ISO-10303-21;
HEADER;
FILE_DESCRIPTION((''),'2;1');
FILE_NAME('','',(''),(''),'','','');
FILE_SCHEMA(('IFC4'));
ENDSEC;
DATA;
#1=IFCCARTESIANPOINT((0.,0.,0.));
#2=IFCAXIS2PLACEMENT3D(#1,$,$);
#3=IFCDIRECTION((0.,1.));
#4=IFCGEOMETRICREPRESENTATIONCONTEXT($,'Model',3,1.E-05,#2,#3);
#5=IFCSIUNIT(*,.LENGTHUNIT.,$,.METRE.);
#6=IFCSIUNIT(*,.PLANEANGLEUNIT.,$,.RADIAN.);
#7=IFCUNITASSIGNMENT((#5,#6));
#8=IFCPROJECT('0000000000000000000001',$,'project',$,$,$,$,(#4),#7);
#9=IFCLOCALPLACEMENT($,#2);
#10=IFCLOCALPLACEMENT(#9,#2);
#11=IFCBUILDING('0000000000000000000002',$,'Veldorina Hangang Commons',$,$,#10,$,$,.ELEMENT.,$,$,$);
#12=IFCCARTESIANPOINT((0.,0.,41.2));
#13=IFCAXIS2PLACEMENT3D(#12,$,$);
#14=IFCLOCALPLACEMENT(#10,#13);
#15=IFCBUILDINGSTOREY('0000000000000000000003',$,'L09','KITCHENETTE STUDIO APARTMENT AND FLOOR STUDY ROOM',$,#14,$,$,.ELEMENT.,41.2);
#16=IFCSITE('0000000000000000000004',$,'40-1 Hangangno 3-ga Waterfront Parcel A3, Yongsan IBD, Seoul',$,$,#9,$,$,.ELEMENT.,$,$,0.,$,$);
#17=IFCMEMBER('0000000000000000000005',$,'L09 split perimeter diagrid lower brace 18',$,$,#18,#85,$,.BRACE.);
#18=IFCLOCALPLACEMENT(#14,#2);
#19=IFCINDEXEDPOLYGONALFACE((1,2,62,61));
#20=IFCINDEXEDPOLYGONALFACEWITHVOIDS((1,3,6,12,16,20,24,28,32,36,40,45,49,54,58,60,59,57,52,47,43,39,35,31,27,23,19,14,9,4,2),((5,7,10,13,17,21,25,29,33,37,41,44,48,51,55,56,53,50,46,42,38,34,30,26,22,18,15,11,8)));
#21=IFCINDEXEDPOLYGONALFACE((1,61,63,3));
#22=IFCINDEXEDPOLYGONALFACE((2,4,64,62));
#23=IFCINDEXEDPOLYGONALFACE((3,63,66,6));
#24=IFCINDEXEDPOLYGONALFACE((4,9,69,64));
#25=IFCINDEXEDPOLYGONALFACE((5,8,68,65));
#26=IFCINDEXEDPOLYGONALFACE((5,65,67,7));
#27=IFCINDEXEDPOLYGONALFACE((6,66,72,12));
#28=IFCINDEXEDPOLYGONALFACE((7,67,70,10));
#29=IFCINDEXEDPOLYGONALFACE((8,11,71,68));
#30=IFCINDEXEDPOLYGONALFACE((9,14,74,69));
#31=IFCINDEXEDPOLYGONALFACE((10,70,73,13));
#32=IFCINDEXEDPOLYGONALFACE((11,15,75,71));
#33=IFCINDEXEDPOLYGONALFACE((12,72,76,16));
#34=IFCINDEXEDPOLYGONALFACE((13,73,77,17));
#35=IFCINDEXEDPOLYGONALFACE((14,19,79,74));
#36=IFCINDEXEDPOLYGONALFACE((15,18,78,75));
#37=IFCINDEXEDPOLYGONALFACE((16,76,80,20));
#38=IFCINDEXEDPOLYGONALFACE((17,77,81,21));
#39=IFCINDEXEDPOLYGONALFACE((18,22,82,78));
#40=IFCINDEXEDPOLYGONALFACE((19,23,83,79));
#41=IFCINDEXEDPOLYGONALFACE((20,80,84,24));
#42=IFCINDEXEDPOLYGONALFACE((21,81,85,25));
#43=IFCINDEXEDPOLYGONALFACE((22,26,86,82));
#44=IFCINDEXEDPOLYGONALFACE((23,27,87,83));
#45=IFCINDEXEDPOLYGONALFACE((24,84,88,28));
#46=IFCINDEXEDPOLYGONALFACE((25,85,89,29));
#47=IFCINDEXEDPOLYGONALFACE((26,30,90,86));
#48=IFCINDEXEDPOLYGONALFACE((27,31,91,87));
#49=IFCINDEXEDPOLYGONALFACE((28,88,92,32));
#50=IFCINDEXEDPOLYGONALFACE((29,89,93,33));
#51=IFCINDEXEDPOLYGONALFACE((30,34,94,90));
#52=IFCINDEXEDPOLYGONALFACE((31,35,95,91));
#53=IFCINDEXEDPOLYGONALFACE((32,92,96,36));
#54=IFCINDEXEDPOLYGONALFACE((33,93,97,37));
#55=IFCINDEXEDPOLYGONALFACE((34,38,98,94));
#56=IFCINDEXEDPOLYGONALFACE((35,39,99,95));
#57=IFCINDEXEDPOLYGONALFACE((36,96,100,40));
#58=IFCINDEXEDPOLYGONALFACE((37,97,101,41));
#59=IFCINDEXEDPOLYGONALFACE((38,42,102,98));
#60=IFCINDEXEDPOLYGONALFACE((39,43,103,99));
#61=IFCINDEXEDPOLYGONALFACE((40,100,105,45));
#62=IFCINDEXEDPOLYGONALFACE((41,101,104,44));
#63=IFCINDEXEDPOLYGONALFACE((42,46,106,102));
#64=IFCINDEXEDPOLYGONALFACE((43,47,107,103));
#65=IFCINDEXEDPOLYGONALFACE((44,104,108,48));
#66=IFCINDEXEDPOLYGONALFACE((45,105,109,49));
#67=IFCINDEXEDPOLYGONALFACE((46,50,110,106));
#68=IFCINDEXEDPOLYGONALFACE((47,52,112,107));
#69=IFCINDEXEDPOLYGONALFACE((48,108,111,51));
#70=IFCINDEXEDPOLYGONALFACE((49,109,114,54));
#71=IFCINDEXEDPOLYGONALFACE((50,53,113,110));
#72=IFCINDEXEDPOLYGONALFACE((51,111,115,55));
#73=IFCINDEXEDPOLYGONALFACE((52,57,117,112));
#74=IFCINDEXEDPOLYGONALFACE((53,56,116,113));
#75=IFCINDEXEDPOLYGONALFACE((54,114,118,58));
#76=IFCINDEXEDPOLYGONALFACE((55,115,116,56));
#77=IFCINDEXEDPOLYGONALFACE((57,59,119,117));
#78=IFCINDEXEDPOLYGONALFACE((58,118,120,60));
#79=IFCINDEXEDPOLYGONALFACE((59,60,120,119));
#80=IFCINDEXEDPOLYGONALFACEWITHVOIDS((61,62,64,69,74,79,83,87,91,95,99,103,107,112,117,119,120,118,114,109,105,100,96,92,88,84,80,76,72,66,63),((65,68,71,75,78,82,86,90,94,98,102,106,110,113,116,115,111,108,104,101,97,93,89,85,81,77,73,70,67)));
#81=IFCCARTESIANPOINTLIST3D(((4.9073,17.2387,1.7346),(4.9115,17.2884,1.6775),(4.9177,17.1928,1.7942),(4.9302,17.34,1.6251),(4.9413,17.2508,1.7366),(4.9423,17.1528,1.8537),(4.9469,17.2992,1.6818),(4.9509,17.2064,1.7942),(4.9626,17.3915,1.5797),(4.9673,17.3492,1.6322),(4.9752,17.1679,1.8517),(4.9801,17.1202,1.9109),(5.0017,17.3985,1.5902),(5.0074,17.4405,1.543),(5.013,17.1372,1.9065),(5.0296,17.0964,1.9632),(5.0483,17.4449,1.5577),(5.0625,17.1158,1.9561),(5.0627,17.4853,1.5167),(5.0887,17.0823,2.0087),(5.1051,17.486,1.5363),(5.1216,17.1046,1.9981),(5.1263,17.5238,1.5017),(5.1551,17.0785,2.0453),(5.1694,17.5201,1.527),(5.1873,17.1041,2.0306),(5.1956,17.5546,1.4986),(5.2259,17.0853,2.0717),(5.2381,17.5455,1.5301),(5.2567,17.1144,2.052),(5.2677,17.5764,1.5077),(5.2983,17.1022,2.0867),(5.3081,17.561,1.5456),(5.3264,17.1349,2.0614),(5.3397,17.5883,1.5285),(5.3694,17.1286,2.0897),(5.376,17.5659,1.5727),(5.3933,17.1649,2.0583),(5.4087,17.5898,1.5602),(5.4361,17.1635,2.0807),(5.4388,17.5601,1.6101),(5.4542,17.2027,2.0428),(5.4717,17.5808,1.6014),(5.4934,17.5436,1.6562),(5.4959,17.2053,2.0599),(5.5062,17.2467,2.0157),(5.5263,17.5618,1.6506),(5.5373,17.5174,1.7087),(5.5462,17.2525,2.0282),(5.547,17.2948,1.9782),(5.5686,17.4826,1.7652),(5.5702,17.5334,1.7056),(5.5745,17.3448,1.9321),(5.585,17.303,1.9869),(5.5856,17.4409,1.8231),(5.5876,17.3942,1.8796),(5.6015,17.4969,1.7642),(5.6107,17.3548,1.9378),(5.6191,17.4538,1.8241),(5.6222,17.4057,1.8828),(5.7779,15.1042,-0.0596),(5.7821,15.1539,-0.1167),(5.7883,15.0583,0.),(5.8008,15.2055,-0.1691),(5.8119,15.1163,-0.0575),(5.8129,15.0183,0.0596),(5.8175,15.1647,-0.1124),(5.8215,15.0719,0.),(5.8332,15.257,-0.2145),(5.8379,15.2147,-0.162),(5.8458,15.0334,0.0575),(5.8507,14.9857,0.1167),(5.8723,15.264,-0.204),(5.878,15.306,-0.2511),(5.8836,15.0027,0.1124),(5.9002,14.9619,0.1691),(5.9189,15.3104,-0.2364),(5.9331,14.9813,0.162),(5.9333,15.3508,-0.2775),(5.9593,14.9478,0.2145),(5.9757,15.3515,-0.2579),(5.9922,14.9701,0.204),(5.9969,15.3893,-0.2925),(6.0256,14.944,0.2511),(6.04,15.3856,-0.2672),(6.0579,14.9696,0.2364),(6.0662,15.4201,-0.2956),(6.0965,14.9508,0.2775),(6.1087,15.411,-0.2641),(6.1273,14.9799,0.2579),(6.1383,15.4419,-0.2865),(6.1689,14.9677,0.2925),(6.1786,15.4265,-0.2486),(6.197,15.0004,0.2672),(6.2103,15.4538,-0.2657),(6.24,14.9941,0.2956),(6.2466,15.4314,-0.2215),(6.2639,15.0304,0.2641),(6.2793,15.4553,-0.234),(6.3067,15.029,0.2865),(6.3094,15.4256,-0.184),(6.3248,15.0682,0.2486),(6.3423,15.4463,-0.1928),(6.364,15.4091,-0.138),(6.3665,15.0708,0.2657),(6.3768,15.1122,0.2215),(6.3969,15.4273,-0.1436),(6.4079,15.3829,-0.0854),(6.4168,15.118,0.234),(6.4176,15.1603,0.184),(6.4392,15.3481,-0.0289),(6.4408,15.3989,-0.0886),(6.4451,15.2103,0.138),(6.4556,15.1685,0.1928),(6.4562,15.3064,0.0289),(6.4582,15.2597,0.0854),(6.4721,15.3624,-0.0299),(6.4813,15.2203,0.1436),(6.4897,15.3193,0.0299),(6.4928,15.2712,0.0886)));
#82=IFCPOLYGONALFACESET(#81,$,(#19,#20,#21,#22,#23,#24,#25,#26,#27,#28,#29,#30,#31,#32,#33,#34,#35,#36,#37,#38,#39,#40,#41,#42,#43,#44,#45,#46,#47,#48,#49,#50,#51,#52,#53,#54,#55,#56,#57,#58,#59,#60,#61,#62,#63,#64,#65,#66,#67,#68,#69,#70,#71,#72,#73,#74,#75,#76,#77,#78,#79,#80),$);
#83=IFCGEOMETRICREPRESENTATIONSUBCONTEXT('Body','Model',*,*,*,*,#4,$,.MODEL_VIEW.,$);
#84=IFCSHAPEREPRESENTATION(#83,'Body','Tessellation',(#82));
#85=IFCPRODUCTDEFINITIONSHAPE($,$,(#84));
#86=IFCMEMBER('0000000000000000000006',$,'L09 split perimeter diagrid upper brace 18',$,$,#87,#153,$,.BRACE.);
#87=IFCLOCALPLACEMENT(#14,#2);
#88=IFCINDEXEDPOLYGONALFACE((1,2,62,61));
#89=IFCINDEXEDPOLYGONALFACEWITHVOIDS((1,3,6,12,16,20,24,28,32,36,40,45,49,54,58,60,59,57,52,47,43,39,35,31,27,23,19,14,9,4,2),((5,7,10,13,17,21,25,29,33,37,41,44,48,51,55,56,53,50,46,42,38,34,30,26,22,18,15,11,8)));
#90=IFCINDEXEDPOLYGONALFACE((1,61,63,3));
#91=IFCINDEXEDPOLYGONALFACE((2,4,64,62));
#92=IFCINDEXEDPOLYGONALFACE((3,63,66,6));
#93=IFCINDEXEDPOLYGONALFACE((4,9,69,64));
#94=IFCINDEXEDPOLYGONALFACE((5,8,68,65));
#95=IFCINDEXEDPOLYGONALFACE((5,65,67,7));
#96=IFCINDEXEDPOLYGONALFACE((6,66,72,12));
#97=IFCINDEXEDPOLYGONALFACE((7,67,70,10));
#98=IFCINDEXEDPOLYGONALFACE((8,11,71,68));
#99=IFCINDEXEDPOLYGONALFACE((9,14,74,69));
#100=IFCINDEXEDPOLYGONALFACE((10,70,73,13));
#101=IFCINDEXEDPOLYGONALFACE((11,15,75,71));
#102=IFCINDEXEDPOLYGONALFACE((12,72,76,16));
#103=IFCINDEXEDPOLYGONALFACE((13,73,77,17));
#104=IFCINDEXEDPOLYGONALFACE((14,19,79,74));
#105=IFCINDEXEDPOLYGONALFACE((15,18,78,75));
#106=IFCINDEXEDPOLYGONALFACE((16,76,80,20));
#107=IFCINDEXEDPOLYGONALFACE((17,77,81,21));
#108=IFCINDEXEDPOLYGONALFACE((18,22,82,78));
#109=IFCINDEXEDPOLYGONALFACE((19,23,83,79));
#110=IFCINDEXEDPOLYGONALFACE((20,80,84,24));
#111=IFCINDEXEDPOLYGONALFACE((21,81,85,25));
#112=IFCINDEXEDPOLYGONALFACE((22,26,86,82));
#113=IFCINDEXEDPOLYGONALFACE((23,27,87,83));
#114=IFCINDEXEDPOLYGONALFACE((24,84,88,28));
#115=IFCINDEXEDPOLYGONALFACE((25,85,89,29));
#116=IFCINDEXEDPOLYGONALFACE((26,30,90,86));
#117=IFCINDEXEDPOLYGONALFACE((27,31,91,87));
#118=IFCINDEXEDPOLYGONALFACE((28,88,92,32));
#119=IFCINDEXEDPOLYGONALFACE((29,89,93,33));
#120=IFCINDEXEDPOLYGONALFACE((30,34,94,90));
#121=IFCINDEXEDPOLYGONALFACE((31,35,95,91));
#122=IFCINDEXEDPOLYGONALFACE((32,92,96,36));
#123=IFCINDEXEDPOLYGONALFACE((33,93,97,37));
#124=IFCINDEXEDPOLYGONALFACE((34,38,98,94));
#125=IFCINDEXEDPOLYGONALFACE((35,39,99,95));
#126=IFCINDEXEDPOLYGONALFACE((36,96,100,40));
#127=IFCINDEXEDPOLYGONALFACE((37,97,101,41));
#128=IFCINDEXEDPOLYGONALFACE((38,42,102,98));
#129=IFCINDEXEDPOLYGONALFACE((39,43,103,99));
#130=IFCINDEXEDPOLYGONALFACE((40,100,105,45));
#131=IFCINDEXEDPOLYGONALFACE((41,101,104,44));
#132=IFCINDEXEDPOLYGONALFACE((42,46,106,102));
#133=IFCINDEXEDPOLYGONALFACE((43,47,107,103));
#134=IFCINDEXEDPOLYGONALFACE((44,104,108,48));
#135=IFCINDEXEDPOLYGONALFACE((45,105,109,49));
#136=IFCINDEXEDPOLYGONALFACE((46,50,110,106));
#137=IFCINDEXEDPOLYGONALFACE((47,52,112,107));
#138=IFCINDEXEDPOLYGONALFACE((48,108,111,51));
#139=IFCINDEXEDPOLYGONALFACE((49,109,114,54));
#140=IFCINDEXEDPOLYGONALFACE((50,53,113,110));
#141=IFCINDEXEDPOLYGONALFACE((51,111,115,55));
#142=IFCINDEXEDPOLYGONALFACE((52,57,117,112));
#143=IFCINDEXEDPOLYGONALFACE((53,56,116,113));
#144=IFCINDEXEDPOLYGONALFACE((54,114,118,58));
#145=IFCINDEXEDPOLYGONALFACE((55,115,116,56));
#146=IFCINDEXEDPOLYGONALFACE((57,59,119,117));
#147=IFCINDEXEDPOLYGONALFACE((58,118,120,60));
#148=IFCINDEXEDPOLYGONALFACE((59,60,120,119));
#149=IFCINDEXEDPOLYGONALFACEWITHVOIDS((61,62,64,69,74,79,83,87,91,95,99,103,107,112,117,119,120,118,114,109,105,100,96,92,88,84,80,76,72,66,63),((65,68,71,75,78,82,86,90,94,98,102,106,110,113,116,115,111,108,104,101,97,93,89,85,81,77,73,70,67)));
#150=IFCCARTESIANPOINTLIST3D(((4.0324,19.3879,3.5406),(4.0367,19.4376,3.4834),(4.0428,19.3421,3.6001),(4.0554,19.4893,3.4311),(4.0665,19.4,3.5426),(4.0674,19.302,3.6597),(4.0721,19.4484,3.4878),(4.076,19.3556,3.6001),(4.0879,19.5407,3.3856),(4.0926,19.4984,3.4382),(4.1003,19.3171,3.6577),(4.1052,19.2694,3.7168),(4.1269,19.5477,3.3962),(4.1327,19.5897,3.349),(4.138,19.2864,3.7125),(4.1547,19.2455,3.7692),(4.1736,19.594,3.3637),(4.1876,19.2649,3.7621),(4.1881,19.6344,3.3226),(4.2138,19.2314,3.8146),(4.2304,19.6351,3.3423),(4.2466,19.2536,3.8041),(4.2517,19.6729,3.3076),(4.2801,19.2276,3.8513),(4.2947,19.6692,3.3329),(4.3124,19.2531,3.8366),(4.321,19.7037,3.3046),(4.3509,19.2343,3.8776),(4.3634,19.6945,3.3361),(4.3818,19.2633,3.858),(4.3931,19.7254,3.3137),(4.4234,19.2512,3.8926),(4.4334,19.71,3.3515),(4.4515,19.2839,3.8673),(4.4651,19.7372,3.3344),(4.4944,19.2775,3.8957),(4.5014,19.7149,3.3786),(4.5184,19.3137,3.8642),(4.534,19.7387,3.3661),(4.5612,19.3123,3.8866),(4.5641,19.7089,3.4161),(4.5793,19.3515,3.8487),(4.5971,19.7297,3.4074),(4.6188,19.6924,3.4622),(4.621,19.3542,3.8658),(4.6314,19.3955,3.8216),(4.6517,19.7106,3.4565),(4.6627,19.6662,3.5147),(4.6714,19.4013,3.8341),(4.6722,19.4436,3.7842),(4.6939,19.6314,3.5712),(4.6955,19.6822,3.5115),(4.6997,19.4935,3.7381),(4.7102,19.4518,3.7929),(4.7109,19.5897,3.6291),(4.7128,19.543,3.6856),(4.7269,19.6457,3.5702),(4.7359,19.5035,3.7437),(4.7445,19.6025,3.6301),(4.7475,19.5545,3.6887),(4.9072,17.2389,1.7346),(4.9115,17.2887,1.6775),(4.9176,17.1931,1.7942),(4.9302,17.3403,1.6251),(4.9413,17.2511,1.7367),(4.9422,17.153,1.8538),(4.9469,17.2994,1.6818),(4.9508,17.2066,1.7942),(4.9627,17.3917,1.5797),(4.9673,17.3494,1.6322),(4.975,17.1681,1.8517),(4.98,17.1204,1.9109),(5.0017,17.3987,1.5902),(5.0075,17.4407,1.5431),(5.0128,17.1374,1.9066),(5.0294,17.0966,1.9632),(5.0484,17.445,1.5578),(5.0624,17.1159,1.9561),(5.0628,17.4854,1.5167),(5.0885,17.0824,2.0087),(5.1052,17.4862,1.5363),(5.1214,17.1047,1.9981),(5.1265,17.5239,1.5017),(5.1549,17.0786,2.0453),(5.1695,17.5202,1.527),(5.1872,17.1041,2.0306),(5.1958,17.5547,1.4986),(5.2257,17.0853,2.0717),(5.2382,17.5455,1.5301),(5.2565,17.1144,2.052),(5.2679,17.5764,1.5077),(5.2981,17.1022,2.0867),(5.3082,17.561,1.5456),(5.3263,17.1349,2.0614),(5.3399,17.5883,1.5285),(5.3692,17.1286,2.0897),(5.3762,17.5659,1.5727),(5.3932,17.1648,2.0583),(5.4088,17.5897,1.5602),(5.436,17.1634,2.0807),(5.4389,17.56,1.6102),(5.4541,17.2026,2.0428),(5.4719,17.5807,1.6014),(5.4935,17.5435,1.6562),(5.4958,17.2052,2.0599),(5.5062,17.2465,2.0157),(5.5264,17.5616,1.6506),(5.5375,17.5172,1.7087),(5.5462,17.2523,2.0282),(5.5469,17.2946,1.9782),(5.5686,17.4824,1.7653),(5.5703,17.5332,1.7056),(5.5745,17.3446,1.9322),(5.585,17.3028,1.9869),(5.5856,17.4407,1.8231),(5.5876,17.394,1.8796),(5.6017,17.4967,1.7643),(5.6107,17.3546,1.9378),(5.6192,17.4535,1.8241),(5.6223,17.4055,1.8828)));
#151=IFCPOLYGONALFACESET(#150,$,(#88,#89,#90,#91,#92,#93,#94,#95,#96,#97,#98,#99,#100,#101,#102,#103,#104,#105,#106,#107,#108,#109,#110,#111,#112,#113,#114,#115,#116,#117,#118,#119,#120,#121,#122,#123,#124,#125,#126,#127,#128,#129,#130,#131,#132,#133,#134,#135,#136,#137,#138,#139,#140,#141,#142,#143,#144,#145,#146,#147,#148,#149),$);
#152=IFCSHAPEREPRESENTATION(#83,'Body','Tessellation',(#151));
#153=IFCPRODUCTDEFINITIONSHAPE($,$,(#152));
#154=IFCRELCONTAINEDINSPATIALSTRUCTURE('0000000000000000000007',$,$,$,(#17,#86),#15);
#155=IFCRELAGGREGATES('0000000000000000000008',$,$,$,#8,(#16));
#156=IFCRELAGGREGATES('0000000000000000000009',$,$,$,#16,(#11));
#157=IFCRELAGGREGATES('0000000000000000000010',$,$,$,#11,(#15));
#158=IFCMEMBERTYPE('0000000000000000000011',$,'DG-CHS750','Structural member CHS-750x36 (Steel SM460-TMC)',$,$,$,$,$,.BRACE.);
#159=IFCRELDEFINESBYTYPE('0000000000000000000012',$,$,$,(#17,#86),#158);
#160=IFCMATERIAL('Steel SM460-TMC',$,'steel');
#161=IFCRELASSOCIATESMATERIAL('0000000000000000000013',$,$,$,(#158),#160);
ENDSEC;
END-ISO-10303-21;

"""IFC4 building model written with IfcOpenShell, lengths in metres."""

from ifc_helpers import new_model, si_unit, direction, frame, origin, origin_2d, place, context, subcontext, project, spatial, hollow_circle, extrude, material, material_profile, profile_set, type_object, element, save


model = new_model("IFC4")

# Units and contexts
model_context = context("Model", 3, precision=1e-05, world=origin(), true_north=direction((0.0, 1.0)))
body_context = subcontext(model_context, "Body", "Model", "MODEL_VIEW")
ifc_project = project(units=[si_unit("LENGTHUNIT", "METRE"), si_unit("PLANEANGLEUNIT", "RADIAN")], contexts=[model_context])

# Site, building, storey
site_placement = place(None, origin())
site = spatial("IfcSite", under=ifc_project, at=site_placement, Name="40-1 Hangangno 3-ga Waterfront Parcel A3, Yongsan IBD, Seoul", CompositionType="ELEMENT", RefElevation=0.0)
building_placement = place(site_placement, origin())
building = spatial("IfcBuilding", under=site, at=building_placement, Name="Veldorina Hangang Commons", CompositionType="ELEMENT")
storey_placement = place(building_placement, frame((0.0, 0.0, 41.2)))
storey = spatial("IfcBuildingStorey", under=building, at=storey_placement, Name="L09", Description="KITCHENETTE STUDIO APARTMENT AND FLOOR STUDY ROOM", CompositionType="ELEMENT", Elevation=41.2)

# Shared definitions
ifc_material_1 = material(Name="Steel SM460-TMC", Category="steel")

# Members
ifc_material_profile_1 = material_profile(ifc_material_1, hollow_circle(Radius=0.375, WallThickness=0.0359, at=origin_2d()), Name="CHS-750x36")
ifc_profile_set_1 = profile_set([ifc_material_profile_1], Name="Steel SM460-TMC")
member_type_1 = type_object("IfcMemberType", Name="DG-CHS750", Description="Structural member CHS-750x36 (Steel SM460-TMC)", PredefinedType="BRACE", material=ifc_profile_set_1)
member_1_placement = place(storey_placement, frame((6.1355, 15.2, 0.0), z_axis=(-0.298033, 0.730707, 0.614202), x_axis=(-0.925943, -0.377664, 0.0)))
element("IfcMember", 1, at=member_1_placement, inside=storey, type_object=member_type_1, Name="L09 split perimeter diagrid lower brace 18", PredefinedType="BRACE", context=body_context, shape_type="SweptSolid", body=[
    extrude(hollow_circle(Radius=0.375, WallThickness=0.0359, at=origin_2d()), origin(), (0.0, 0.0, 1.0), 2.9211),
])
member_2_placement = place(storey_placement, frame((5.2649, 17.3345, 1.7942), z_axis=(-0.297523, 0.730894, 0.614227), x_axis=(-0.926203, -0.377026, 0.0)))
element("IfcMember", 2, at=member_2_placement, inside=storey, type_object=member_type_1, Name="L09 split perimeter diagrid upper brace 18", PredefinedType="BRACE", context=body_context, shape_type="SweptSolid", body=[
    extrude(hollow_circle(Radius=0.375, WallThickness=0.0359, at=origin_2d()), origin(), (0.0, 0.0, 1.0), 2.9402),
])

save(model, "model.ifc")
